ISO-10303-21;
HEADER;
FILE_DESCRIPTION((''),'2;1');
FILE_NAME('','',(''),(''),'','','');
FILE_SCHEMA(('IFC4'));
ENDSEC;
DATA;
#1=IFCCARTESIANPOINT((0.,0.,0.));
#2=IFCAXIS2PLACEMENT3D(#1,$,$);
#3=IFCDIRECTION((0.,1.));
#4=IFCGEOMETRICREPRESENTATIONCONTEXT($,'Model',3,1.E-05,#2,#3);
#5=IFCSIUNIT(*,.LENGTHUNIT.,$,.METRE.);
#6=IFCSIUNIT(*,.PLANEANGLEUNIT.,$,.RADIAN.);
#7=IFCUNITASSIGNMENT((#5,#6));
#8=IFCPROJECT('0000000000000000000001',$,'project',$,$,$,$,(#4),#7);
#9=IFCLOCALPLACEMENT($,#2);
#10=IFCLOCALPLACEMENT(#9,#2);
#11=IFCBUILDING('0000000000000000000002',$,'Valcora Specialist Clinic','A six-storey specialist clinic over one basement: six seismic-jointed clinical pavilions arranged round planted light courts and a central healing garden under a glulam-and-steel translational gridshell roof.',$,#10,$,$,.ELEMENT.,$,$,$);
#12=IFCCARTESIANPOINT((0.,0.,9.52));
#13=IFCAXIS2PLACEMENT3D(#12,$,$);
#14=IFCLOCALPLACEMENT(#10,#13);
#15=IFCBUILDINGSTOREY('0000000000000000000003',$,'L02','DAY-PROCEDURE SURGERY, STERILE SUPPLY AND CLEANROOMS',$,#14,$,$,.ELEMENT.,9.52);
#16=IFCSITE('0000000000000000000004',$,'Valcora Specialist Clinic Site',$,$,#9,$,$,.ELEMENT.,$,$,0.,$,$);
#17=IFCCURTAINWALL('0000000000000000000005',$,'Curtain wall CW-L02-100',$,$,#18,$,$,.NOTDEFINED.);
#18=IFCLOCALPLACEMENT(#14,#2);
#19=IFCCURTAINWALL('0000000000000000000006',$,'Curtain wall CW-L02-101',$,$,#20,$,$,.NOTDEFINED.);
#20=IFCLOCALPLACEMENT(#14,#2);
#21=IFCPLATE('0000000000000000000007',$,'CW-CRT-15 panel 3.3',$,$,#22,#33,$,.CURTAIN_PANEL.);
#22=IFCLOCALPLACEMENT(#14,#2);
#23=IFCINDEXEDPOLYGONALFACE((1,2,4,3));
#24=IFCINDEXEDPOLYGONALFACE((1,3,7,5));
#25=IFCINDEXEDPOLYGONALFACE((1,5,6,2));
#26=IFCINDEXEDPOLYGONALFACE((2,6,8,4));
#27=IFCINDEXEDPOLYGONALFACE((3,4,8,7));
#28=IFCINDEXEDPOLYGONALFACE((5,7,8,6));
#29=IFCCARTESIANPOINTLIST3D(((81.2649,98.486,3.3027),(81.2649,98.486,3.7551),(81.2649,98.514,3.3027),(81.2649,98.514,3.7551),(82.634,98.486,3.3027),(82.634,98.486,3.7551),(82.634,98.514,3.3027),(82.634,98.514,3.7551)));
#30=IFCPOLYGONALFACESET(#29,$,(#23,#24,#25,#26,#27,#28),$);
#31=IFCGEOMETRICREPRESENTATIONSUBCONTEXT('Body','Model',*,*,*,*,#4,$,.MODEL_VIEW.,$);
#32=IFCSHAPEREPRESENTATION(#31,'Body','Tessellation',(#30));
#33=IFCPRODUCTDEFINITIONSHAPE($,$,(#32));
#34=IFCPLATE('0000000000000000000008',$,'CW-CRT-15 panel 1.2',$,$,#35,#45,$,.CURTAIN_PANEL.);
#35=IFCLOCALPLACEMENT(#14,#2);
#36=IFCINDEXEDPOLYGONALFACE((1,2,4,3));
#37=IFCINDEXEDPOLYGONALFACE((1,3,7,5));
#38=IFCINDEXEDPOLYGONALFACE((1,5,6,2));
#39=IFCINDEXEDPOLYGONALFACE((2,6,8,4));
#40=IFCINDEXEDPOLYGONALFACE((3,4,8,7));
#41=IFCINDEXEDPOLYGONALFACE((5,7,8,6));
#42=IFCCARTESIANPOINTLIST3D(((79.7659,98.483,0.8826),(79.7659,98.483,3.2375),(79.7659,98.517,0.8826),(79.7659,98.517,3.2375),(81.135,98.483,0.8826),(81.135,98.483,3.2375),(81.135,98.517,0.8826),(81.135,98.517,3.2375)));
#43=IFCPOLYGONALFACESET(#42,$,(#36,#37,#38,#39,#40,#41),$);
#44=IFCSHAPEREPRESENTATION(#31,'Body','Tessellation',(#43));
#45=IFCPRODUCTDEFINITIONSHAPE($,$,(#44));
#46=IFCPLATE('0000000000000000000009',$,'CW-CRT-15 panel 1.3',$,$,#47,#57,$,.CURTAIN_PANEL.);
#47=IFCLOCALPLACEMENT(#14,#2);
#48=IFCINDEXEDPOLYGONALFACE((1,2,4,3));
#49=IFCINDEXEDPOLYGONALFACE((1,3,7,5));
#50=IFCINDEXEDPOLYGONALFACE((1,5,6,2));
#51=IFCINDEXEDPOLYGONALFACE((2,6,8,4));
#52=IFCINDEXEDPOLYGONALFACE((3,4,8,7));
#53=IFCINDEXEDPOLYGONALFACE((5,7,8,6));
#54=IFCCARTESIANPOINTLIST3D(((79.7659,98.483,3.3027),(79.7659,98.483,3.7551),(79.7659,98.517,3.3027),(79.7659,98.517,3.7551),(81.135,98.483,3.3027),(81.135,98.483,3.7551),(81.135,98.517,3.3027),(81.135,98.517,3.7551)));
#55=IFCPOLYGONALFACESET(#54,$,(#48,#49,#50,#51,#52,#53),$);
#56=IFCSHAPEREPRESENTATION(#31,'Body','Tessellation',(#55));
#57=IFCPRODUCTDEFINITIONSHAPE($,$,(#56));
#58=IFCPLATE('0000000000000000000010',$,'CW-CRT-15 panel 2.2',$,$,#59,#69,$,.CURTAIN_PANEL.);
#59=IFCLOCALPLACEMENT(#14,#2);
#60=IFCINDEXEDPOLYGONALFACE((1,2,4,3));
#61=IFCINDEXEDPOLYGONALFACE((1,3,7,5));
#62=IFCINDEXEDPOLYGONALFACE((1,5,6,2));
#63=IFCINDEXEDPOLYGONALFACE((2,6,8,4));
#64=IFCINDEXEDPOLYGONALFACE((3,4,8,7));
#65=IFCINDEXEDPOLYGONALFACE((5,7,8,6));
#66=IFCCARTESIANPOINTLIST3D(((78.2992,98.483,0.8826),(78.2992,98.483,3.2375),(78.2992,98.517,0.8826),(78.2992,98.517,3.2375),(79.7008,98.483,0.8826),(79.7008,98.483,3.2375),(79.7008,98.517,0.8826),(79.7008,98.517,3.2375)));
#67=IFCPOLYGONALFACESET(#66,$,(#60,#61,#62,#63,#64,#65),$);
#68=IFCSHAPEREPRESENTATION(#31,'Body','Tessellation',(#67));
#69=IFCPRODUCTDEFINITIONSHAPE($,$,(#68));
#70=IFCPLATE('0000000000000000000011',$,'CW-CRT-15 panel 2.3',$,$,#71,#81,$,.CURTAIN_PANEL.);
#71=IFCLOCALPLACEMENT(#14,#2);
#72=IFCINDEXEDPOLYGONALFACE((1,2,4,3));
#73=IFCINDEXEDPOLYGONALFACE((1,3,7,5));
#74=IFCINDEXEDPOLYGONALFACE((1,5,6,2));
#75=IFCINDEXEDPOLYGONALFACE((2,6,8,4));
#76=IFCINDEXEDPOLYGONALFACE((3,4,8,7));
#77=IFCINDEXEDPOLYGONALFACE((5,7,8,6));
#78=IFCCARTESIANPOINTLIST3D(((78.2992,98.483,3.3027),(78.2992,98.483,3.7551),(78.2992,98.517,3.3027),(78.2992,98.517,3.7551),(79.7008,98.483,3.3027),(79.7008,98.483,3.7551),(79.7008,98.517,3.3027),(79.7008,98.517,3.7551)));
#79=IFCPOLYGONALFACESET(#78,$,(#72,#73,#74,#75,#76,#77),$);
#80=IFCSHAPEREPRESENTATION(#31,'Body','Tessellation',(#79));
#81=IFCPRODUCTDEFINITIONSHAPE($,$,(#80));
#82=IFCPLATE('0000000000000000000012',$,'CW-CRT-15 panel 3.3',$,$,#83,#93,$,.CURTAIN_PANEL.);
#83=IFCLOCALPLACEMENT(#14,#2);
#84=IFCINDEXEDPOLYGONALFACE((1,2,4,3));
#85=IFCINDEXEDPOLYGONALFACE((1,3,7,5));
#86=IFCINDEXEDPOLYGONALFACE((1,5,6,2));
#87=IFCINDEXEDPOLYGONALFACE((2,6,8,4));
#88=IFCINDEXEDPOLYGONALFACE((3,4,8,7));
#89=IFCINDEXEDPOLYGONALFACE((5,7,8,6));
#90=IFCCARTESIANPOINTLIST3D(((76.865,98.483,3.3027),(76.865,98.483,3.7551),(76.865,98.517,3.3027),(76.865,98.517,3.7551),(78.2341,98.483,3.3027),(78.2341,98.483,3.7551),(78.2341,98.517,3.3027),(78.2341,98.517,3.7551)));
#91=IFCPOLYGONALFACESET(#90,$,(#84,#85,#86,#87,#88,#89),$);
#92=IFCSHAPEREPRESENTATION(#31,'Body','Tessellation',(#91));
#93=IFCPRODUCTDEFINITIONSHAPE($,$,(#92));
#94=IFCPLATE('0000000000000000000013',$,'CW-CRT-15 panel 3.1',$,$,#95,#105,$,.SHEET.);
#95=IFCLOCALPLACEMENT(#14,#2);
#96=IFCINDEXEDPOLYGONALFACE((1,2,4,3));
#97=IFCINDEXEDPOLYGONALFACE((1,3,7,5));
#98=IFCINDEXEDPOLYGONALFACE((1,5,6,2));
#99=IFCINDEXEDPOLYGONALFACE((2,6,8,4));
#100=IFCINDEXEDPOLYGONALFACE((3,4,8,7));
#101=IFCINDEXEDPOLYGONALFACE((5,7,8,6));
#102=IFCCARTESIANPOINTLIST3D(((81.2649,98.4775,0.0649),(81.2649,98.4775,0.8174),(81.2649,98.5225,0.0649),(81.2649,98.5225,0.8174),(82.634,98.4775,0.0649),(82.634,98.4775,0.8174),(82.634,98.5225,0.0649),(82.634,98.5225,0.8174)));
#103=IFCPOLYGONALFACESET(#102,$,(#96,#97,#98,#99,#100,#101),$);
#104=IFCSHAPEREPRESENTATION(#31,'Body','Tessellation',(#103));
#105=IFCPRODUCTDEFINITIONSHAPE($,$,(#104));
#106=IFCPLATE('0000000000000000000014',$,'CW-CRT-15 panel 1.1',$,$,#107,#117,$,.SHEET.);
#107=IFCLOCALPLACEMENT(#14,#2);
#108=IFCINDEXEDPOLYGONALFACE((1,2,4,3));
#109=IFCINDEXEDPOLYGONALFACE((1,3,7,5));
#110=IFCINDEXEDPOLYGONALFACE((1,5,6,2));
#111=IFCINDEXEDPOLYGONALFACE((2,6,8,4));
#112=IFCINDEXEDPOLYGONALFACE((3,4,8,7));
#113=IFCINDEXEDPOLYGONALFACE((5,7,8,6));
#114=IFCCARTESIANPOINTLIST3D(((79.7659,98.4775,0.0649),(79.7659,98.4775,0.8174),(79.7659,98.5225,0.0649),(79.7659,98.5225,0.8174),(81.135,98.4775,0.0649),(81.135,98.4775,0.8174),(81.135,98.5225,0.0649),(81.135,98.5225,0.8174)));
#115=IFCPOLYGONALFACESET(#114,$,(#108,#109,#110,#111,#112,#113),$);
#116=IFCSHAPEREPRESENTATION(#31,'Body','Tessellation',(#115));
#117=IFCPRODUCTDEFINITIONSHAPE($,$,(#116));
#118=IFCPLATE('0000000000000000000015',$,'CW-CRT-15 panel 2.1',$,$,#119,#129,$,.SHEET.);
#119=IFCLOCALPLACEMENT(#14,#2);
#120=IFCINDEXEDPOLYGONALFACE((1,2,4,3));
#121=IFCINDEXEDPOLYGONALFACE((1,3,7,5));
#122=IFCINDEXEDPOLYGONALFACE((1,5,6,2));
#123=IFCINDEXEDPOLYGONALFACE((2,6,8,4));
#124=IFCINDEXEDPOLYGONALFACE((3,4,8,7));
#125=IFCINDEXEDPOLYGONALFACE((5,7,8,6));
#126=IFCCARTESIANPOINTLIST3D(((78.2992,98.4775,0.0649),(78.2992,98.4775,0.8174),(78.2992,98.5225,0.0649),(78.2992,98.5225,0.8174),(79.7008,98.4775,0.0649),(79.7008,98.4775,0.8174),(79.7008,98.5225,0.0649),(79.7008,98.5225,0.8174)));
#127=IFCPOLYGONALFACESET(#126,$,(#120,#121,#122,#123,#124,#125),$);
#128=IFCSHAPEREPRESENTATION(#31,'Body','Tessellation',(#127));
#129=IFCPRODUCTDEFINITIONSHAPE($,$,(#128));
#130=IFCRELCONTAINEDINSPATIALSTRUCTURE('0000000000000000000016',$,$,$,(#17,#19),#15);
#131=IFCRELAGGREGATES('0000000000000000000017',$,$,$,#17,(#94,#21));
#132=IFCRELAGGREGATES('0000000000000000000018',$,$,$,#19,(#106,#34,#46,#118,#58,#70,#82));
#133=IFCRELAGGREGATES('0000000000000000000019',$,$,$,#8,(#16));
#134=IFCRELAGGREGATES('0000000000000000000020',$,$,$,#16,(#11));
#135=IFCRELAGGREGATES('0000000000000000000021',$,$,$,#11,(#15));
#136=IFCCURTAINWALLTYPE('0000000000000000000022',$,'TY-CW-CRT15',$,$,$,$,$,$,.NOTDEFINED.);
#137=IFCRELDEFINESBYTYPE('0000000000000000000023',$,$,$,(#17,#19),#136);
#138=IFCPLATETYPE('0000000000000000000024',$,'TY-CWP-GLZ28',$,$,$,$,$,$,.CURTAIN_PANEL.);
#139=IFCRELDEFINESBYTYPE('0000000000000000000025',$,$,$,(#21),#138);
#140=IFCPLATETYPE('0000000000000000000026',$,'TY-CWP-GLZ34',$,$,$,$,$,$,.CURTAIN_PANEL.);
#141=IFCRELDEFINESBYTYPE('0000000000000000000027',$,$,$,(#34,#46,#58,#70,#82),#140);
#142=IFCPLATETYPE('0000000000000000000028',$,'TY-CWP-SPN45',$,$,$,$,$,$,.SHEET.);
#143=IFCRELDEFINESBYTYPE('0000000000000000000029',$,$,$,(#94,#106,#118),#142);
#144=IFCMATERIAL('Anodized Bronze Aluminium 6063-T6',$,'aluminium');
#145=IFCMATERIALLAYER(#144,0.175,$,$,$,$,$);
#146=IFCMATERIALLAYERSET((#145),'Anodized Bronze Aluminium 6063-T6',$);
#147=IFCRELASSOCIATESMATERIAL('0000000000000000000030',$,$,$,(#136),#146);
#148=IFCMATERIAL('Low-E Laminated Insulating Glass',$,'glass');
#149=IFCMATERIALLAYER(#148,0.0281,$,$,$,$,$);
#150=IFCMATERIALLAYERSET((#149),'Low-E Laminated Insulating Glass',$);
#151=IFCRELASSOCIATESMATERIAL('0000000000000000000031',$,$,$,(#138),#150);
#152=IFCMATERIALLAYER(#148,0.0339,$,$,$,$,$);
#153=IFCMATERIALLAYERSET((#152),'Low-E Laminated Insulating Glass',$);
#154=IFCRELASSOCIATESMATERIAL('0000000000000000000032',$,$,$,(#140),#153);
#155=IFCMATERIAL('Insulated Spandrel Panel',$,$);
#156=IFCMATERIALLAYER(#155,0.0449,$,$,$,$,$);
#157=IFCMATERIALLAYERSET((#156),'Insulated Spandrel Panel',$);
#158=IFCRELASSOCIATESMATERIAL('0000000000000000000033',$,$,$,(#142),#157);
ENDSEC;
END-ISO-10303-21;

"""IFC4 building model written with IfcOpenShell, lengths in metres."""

from ifc_helpers import new_model, si_unit, direction, frame, origin, origin_2d, place, context, subcontext, project, spatial, rectangle, extrude, material, layer, layer_set, type_object, element, aggregate, save


model = new_model("IFC4")

# Units and contexts
model_context = context("Model", 3, precision=1e-05, world=origin(), true_north=direction((0.0, 1.0)))
body_context = subcontext(model_context, "Body", "Model", "MODEL_VIEW")
ifc_project = project(units=[si_unit("LENGTHUNIT", "METRE"), si_unit("PLANEANGLEUNIT", "RADIAN")], contexts=[model_context])

# Site, building, storey
site_placement = place(None, origin())
site = spatial("IfcSite", under=ifc_project, at=site_placement, Name="Valcora Specialist Clinic Site", CompositionType="ELEMENT", RefElevation=0.0)
building_placement = place(site_placement, origin())
building = spatial("IfcBuilding", under=site, at=building_placement, Name="Valcora Specialist Clinic", Description="A six-storey specialist clinic over one basement: six seismic-jointed clinical pavilions arranged round planted light courts and a central healing garden under a glulam-and-steel translational gridshell roof.", CompositionType="ELEMENT")
storey_placement = place(building_placement, frame((0.0, 0.0, 9.52)))
storey = spatial("IfcBuildingStorey", under=building, at=storey_placement, Name="L02", Description="DAY-PROCEDURE SURGERY, STERILE SUPPLY AND CLEANROOMS", CompositionType="ELEMENT", Elevation=9.52)

# Curtain walls
ifc_material_1 = material(Name="Anodized Bronze Aluminium 6063-T6", Category="aluminium")
ifc_layer_1 = layer(ifc_material_1, 0.175)
ifc_layer_set_1 = layer_set([ifc_layer_1], Name="Anodized Bronze Aluminium 6063-T6")
curtain_wall_type = type_object("IfcCurtainWallType", Name="TY-CW-CRT15", PredefinedType="NOTDEFINED", material=ifc_layer_set_1)
curtain_wall_1_placement = place(storey_placement, origin())
curtain_wall_1 = element("IfcCurtainWall", 1, at=curtain_wall_1_placement, inside=storey, type_object=curtain_wall_type, Name="Curtain wall CW-L02-100", PredefinedType="NOTDEFINED")
curtain_wall_2_placement = place(storey_placement, origin())
curtain_wall_2 = element("IfcCurtainWall", 2, at=curtain_wall_2_placement, inside=storey, type_object=curtain_wall_type, Name="Curtain wall CW-L02-101", PredefinedType="NOTDEFINED")

# Plates
ifc_material_2 = material(Name="Low-E Laminated Insulating Glass", Category="glass")
ifc_layer_2 = layer(ifc_material_2, 0.0281)
ifc_layer_set_2 = layer_set([ifc_layer_2], Name="Low-E Laminated Insulating Glass")
plate_type_1 = type_object("IfcPlateType", Name="TY-CWP-GLZ28", PredefinedType="CURTAIN_PANEL", material=ifc_layer_set_2)
plate_1_placement = place(storey_placement, frame((81.9495, 98.5, 3.3027), z_axis=(0.0, 0.0, 1.0), x_axis=(-1.0, 0.0, 0.0)))
plate_1 = element("IfcPlate", 3, at=plate_1_placement, type_object=plate_type_1, Name="CW-CRT-15 panel 3.3", PredefinedType="CURTAIN_PANEL", context=body_context, shape_type="SweptSolid", body=[
    extrude(rectangle(XDim=1.3691, YDim=0.0281, at=origin_2d()), origin(), (0.0, 0.0, 1.0), 0.4524),
])
ifc_layer_3 = layer(ifc_material_2, 0.0339)
ifc_layer_set_3 = layer_set([ifc_layer_3], Name="Low-E Laminated Insulating Glass")
plate_type_2 = type_object("IfcPlateType", Name="TY-CWP-GLZ34", PredefinedType="CURTAIN_PANEL", material=ifc_layer_set_3)
plate_2_placement = place(storey_placement, frame((80.4504, 98.5, 0.8826), z_axis=(0.0, 0.0, 1.0), x_axis=(-1.0, 0.0, 0.0)))
plate_2 = element("IfcPlate", 4, at=plate_2_placement, type_object=plate_type_2, Name="CW-CRT-15 panel 1.2", PredefinedType="CURTAIN_PANEL", context=body_context, shape_type="SweptSolid", body=[
    extrude(rectangle(XDim=1.3691, YDim=0.0339, at=origin_2d()), origin(), (0.0, 0.0, 1.0), 2.355),
])
plate_3_placement = place(storey_placement, frame((80.4504, 98.5, 3.3027), z_axis=(0.0, 0.0, 1.0), x_axis=(-1.0, 0.0, 0.0)))
plate_3 = element("IfcPlate", 5, at=plate_3_placement, type_object=plate_type_2, Name="CW-CRT-15 panel 1.3", PredefinedType="CURTAIN_PANEL", context=body_context, shape_type="SweptSolid", body=[
    extrude(rectangle(XDim=1.3691, YDim=0.0339, at=origin_2d()), origin(), (0.0, 0.0, 1.0), 0.4524),
])
plate_4_placement = place(storey_placement, frame((79.0, 98.5, 0.8826), z_axis=(0.0, 0.0, 1.0), x_axis=(-1.0, 0.0, 0.0)))
plate_4 = element("IfcPlate", 6, at=plate_4_placement, type_object=plate_type_2, Name="CW-CRT-15 panel 2.2", PredefinedType="CURTAIN_PANEL", context=body_context, shape_type="SweptSolid", body=[
    extrude(rectangle(XDim=1.4016, YDim=0.0339, at=origin_2d()), origin(), (0.0, 0.0, 1.0), 2.355),
])
plate_5_placement = place(storey_placement, frame((79.0, 98.5, 3.3027), z_axis=(0.0, 0.0, 1.0), x_axis=(-1.0, 0.0, 0.0)))
plate_5 = element("IfcPlate", 7, at=plate_5_placement, type_object=plate_type_2, Name="CW-CRT-15 panel 2.3", PredefinedType="CURTAIN_PANEL", context=body_context, shape_type="SweptSolid", body=[
    extrude(rectangle(XDim=1.4016, YDim=0.0339, at=origin_2d()), origin(), (0.0, 0.0, 1.0), 0.4524),
])
plate_6_placement = place(storey_placement, frame((77.5496, 98.5, 3.3027), z_axis=(0.0, 0.0, 1.0), x_axis=(-1.0, 0.0, 0.0)))
plate_6 = element("IfcPlate", 8, at=plate_6_placement, type_object=plate_type_2, Name="CW-CRT-15 panel 3.3", PredefinedType="CURTAIN_PANEL", context=body_context, shape_type="SweptSolid", body=[
    extrude(rectangle(XDim=1.3691, YDim=0.0339, at=origin_2d()), origin(), (0.0, 0.0, 1.0), 0.4524),
])
ifc_material_3 = material(Name="Insulated Spandrel Panel")
ifc_layer_4 = layer(ifc_material_3, 0.0449)
ifc_layer_set_4 = layer_set([ifc_layer_4], Name="Insulated Spandrel Panel")
plate_type_3 = type_object("IfcPlateType", Name="TY-CWP-SPN45", PredefinedType="SHEET", material=ifc_layer_set_4)
plate_7_placement = place(storey_placement, frame((81.9495, 98.5, 0.0649), z_axis=(0.0, 0.0, 1.0), x_axis=(-1.0, 0.0, 0.0)))
plate_7 = element("IfcPlate", 9, at=plate_7_placement, type_object=plate_type_3, Name="CW-CRT-15 panel 3.1", PredefinedType="SHEET", context=body_context, shape_type="SweptSolid", body=[
    extrude(rectangle(XDim=1.3691, YDim=0.0449, at=origin_2d()), origin(), (0.0, 0.0, 1.0), 0.7524),
])
aggregate(curtain_wall_1, [plate_7, plate_1])
plate_8_placement = place(storey_placement, frame((80.4504, 98.5, 0.0649), z_axis=(0.0, 0.0, 1.0), x_axis=(-1.0, 0.0, 0.0)))
plate_8 = element("IfcPlate", 10, at=plate_8_placement, type_object=plate_type_3, Name="CW-CRT-15 panel 1.1", PredefinedType="SHEET", context=body_context, shape_type="SweptSolid", body=[
    extrude(rectangle(XDim=1.3691, YDim=0.0449, at=origin_2d()), origin(), (0.0, 0.0, 1.0), 0.7524),
])
plate_9_placement = place(storey_placement, frame((79.0, 98.5, 0.0649), z_axis=(0.0, 0.0, 1.0), x_axis=(-1.0, 0.0, 0.0)))
plate_9 = element("IfcPlate", 11, at=plate_9_placement, type_object=plate_type_3, Name="CW-CRT-15 panel 2.1", PredefinedType="SHEET", context=body_context, shape_type="SweptSolid", body=[
    extrude(rectangle(XDim=1.4016, YDim=0.0449, at=origin_2d()), origin(), (0.0, 0.0, 1.0), 0.7524),
])
aggregate(curtain_wall_2, [plate_8, plate_2, plate_3, plate_9, plate_4, plate_5, plate_6])

save(model, "model.ifc")
